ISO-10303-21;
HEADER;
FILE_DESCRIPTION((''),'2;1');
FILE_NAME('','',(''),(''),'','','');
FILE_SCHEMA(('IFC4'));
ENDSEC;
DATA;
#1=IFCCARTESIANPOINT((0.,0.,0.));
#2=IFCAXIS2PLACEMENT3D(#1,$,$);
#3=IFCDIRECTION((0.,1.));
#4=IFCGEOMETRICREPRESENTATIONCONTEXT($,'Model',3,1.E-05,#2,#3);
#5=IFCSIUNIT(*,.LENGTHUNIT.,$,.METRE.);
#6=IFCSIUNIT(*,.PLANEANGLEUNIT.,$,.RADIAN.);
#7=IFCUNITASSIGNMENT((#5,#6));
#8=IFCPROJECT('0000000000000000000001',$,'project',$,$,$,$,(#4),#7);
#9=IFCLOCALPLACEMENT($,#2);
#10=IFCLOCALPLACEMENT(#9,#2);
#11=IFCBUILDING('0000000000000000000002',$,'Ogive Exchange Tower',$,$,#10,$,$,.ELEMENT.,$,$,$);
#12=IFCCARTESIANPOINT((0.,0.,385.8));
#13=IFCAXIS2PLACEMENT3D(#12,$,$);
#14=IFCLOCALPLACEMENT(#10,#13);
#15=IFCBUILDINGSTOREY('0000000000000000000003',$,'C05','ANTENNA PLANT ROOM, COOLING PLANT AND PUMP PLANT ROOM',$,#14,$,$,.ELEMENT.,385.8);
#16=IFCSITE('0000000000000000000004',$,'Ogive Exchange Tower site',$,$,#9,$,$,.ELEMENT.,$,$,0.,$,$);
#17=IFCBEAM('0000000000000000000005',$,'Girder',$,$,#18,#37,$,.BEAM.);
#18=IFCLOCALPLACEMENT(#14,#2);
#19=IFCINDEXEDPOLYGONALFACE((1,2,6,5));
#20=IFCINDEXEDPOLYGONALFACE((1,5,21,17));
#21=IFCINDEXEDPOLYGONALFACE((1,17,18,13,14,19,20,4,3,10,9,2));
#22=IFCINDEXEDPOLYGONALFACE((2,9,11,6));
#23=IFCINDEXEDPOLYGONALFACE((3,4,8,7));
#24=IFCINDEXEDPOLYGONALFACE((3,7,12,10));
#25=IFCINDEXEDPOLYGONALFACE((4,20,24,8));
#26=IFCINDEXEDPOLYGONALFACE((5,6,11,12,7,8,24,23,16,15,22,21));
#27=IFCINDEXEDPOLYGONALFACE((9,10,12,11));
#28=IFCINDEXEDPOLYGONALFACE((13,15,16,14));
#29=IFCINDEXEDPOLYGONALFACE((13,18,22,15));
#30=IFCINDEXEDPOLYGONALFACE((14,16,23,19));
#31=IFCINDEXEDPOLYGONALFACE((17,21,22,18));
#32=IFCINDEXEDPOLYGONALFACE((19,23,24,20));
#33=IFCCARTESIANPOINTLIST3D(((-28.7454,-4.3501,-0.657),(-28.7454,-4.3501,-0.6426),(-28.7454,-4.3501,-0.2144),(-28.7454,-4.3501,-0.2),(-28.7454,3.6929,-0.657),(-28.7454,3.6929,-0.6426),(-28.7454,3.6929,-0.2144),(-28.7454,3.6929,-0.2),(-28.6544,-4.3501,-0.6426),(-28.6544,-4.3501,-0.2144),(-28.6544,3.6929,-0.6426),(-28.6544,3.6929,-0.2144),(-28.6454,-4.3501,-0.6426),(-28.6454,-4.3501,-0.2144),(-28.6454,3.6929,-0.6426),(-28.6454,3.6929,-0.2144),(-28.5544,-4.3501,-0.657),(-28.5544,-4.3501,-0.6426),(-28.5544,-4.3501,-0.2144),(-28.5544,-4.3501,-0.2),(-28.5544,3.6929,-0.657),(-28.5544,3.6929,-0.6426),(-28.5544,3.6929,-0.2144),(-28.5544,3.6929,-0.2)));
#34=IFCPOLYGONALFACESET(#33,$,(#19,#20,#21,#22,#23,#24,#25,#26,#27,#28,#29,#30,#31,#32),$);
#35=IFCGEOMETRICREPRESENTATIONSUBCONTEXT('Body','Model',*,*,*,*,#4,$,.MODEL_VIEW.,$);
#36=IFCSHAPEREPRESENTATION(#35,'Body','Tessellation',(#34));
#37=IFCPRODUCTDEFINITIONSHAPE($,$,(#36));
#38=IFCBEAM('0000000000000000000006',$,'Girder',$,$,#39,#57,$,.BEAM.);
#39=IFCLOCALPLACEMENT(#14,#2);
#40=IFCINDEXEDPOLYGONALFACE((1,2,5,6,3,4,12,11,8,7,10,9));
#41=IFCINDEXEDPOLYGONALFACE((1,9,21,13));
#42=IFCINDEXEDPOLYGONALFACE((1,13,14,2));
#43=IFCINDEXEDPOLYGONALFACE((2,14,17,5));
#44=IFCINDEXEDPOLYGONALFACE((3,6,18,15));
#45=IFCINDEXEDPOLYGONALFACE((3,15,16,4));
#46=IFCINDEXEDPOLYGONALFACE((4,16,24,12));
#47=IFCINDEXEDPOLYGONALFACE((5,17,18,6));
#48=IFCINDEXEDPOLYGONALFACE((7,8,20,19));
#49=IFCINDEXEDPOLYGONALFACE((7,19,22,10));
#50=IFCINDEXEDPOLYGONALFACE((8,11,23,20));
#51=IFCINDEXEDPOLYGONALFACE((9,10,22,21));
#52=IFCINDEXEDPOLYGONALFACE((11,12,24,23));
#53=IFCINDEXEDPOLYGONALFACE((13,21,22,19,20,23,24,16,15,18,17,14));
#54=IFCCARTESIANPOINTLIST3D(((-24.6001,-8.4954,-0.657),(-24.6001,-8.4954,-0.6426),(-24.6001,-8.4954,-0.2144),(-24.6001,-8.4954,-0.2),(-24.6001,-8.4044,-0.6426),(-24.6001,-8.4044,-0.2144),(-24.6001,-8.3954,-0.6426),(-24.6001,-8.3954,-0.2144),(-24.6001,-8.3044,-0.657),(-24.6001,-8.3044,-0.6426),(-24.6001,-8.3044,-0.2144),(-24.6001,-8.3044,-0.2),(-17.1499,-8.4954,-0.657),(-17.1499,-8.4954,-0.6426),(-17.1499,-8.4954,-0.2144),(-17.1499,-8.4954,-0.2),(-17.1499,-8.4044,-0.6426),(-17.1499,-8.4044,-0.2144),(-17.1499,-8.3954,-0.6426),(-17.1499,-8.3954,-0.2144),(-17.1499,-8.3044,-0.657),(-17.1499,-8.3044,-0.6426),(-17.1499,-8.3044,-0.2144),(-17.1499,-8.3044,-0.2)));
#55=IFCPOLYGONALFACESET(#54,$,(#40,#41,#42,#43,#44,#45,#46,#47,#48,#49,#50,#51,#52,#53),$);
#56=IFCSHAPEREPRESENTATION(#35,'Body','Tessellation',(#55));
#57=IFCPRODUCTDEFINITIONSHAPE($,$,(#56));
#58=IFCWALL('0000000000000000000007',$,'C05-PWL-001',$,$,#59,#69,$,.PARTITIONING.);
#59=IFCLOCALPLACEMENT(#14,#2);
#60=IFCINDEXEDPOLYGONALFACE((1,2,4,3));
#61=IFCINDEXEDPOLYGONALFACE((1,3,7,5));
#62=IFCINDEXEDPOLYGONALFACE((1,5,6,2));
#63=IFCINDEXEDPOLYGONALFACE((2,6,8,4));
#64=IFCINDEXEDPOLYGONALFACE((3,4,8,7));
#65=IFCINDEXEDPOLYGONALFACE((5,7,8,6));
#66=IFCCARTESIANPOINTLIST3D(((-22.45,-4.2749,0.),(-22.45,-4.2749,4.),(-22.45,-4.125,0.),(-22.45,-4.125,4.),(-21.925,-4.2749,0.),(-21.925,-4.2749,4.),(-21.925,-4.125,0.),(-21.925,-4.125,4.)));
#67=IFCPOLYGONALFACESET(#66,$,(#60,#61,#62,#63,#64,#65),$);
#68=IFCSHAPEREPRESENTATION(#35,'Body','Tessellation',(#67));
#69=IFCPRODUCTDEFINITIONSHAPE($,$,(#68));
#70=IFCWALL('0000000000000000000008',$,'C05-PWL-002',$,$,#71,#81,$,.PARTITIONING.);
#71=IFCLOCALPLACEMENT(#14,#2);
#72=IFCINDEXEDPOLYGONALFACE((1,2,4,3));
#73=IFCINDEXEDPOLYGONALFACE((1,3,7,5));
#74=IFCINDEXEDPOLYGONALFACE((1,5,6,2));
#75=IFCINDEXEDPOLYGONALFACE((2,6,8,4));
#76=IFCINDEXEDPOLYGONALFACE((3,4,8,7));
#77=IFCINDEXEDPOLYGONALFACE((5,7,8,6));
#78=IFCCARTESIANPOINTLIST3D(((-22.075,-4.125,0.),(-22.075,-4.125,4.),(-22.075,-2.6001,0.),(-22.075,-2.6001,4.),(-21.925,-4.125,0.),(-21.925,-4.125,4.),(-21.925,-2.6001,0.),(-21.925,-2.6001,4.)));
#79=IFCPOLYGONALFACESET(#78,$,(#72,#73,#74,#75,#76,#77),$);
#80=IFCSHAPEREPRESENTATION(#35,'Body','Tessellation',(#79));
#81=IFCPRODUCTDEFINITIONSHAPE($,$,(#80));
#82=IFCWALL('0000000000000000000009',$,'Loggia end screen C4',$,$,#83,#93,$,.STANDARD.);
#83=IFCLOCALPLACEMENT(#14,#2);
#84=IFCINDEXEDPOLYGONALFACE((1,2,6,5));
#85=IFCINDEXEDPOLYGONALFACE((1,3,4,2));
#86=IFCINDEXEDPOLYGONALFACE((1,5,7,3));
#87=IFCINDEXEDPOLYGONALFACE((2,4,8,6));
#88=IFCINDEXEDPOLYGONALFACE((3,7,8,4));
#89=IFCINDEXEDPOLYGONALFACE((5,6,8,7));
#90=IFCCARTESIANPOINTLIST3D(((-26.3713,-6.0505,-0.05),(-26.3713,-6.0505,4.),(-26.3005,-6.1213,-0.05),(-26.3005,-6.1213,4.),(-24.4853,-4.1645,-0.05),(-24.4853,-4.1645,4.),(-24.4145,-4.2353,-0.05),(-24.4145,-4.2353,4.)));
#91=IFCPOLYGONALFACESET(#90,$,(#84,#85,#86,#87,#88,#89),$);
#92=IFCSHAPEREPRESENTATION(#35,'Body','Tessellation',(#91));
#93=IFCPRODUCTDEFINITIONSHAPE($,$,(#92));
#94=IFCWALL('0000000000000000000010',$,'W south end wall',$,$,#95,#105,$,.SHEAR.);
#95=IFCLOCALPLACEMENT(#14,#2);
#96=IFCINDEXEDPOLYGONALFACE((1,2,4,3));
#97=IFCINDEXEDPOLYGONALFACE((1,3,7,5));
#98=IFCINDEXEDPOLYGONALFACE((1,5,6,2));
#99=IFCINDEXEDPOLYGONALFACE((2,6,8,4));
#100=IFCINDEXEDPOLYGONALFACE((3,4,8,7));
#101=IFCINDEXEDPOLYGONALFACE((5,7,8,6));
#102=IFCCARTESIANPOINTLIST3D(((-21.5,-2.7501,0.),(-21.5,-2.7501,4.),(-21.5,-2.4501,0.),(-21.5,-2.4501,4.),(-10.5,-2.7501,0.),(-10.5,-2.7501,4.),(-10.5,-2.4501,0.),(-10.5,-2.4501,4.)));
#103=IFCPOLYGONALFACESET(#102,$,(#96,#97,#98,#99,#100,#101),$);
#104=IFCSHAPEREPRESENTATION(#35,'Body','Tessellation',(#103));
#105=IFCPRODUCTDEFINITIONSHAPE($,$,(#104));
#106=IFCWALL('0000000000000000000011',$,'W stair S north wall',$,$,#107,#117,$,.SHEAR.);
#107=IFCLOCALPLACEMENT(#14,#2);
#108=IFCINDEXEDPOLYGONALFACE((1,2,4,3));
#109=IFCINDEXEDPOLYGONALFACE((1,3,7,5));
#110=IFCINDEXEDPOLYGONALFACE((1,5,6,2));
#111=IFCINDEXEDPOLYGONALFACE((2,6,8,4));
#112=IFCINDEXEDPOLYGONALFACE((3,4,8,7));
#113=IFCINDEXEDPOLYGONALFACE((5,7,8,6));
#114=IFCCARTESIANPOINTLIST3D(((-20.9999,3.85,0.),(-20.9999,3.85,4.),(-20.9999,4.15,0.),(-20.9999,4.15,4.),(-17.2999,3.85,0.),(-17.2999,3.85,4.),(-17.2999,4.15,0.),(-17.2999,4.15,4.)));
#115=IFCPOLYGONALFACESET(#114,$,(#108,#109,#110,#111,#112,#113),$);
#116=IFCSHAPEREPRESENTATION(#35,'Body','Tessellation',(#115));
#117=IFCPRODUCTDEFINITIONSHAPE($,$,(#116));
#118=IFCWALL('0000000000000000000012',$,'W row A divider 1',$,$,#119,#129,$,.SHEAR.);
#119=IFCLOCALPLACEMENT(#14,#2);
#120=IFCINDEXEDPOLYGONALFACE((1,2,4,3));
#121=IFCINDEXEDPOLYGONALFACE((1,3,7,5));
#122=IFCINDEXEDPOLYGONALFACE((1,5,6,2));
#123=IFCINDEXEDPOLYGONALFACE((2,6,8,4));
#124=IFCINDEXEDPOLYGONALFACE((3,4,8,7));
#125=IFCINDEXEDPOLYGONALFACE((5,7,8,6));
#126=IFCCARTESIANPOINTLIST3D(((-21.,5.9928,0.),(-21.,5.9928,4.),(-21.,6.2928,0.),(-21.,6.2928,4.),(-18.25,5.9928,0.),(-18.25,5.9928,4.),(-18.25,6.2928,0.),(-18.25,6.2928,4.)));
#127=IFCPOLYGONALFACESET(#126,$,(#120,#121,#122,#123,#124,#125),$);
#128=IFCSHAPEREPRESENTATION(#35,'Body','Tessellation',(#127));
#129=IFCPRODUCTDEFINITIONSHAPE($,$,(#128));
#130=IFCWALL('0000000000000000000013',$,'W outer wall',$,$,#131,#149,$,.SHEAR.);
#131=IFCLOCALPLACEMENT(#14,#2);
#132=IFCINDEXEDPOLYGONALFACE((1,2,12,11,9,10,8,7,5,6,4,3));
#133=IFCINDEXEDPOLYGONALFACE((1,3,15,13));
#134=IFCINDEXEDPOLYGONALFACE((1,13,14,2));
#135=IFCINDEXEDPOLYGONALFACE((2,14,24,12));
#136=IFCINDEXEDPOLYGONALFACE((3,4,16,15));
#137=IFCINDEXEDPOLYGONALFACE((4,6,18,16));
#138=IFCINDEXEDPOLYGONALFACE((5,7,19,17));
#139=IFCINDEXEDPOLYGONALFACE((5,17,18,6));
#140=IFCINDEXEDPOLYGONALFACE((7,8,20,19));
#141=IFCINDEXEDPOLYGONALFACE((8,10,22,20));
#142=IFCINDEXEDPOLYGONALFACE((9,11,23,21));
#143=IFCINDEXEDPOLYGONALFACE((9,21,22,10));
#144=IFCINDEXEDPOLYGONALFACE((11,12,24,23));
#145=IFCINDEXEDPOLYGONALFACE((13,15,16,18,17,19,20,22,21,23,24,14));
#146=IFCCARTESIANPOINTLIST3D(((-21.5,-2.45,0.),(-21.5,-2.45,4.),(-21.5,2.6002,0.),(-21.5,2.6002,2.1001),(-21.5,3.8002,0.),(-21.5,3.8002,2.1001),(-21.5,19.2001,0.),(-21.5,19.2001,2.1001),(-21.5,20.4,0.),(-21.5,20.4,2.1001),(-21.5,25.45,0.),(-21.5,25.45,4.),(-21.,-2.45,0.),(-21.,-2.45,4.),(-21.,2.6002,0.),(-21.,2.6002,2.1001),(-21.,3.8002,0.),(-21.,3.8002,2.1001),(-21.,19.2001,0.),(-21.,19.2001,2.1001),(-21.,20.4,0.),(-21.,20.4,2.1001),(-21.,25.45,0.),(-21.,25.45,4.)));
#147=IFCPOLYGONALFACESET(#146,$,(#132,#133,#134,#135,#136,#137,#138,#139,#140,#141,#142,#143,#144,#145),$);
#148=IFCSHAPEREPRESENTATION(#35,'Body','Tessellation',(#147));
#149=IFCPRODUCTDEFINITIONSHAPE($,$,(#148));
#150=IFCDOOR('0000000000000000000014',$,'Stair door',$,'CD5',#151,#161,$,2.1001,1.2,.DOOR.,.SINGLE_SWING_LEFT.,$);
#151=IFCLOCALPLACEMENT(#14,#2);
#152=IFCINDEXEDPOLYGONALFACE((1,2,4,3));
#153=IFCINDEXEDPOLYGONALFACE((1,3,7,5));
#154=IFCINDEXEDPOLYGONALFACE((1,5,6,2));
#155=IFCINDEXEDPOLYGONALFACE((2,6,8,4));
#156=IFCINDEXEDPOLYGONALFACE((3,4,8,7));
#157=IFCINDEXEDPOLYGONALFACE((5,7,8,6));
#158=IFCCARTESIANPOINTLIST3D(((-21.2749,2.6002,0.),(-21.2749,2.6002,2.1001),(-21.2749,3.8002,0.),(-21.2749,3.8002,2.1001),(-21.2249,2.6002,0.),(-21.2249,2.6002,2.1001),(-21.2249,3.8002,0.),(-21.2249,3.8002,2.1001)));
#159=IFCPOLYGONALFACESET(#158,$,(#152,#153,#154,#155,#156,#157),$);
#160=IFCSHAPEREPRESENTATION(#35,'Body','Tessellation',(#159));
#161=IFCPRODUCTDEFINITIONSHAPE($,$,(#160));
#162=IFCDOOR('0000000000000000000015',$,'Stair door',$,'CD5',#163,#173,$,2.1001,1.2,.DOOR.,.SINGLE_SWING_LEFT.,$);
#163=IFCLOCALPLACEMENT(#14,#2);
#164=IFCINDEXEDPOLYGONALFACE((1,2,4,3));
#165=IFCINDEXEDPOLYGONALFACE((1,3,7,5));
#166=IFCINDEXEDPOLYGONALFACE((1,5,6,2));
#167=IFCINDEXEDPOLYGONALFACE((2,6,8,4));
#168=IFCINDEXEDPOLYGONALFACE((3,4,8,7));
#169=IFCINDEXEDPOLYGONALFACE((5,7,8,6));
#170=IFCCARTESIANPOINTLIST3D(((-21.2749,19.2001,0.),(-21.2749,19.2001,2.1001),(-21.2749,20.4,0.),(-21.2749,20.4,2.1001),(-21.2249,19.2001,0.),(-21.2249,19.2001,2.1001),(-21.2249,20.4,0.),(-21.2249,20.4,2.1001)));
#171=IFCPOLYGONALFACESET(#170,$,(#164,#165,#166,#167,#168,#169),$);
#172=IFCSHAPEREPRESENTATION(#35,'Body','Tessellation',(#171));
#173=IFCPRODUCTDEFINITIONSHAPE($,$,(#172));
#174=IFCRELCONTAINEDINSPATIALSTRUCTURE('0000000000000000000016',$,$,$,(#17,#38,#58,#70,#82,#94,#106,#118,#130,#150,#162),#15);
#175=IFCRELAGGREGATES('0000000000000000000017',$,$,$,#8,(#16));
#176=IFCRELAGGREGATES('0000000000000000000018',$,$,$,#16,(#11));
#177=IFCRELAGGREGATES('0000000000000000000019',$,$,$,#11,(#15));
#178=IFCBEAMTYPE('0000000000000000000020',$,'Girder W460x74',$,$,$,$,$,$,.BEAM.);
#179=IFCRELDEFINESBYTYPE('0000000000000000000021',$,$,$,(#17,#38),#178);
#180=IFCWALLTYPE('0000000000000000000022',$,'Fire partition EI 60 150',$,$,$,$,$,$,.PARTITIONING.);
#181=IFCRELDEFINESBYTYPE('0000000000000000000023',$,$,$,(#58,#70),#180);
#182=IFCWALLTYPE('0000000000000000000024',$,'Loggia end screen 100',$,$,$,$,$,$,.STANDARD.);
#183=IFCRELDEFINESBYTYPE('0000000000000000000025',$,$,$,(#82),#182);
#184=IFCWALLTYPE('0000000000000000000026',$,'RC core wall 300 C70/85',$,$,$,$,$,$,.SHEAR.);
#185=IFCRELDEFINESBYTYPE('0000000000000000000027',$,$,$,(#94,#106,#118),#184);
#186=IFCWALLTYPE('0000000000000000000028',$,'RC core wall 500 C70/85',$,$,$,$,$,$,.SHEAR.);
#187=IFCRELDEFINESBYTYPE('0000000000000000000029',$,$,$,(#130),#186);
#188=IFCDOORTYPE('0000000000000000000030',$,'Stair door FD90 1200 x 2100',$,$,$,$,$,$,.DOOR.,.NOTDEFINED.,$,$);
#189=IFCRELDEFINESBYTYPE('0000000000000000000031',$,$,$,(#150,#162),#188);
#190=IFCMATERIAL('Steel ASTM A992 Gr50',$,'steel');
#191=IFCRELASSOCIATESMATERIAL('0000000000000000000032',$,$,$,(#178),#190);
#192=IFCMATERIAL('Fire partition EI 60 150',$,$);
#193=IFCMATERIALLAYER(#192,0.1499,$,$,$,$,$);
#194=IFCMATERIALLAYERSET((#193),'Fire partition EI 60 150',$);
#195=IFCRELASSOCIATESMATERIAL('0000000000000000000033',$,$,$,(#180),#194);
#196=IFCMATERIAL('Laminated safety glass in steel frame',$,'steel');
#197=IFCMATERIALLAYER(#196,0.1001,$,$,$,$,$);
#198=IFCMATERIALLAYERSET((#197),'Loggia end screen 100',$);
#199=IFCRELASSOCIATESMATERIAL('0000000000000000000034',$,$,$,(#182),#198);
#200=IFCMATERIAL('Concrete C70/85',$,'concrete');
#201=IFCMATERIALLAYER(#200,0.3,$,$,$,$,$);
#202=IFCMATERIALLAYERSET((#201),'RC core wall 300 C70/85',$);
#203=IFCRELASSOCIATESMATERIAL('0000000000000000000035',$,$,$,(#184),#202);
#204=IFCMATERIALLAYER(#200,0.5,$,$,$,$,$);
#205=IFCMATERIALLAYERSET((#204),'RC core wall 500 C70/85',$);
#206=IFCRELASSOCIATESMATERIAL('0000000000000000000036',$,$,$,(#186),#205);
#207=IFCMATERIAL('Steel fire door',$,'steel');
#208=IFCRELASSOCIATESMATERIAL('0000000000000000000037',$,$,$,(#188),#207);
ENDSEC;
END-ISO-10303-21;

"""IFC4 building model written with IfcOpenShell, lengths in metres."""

from ifc_helpers import new_model, si_unit, direction, frame, frame_2d, origin, origin_2d, place, context, subcontext, project, spatial, rectangle, i_section, extrude, material, layer, layer_set, material_profile, profile_set, type_object, element, fill, save


model = new_model("IFC4")

# Units and contexts
model_context = context("Model", 3, precision=1e-05, world=origin(), true_north=direction((0.0, 1.0)))
body_context = subcontext(model_context, "Body", "Model", "MODEL_VIEW")
ifc_project = project(units=[si_unit("LENGTHUNIT", "METRE"), si_unit("PLANEANGLEUNIT", "RADIAN")], contexts=[model_context])

# Site, building, storey
site_placement = place(None, origin())
site = spatial("IfcSite", under=ifc_project, at=site_placement, Name="Ogive Exchange Tower site", CompositionType="ELEMENT", RefElevation=0.0)
building_placement = place(site_placement, origin())
building = spatial("IfcBuilding", under=site, at=building_placement, Name="Ogive Exchange Tower", CompositionType="ELEMENT")
storey_placement = place(building_placement, frame((0.0, 0.0, 385.8)))
storey = spatial("IfcBuildingStorey", under=building, at=storey_placement, Name="C05", Description="ANTENNA PLANT ROOM, COOLING PLANT AND PUMP PLANT ROOM", CompositionType="ELEMENT", Elevation=385.8)

# Beams
ifc_material_1 = material(Name="Steel ASTM A992 Gr50", Category="steel")
ifc_material_profile_1 = material_profile(ifc_material_1, i_section(OverallWidth=0.1909, OverallDepth=0.457, WebThickness=0.009, FlangeThickness=0.0144, at=origin_2d()), Name="W460x74")
ifc_profile_set_1 = profile_set([ifc_material_profile_1], Name="Steel ASTM A992 Gr50")
beam_type_1 = type_object("IfcBeamType", Name="Girder W460x74", PredefinedType="BEAM", material=ifc_profile_set_1)
beam_1_placement = place(storey_placement, frame((-28.6499, 3.6929, -0.4285), z_axis=(0.0, -1.0, 0.0), x_axis=(1.0, 0.0, 0.0)))
element("IfcBeam", 1, at=beam_1_placement, inside=storey, type_object=beam_type_1, Name="Girder", PredefinedType="BEAM", context=body_context, shape_type="SweptSolid", body=[
    extrude(i_section(OverallWidth=0.1909, OverallDepth=0.457, WebThickness=0.009, FlangeThickness=0.0144, at=origin_2d()), origin(), (0.0, 0.0, 1.0), 8.043),
])
beam_2_placement = place(storey_placement, frame((-24.6001, -8.3999, -0.4285), z_axis=(1.0, 0.0, 0.0), x_axis=(0.0, 1.0, 0.0)))
element("IfcBeam", 2, at=beam_2_placement, inside=storey, type_object=beam_type_1, Name="Girder", PredefinedType="BEAM", context=body_context, shape_type="SweptSolid", body=[
    extrude(i_section(OverallWidth=0.1909, OverallDepth=0.457, WebThickness=0.009, FlangeThickness=0.0144, at=origin_2d()), origin(), (0.0, 0.0, 1.0), 7.4502),
])

# Walls
ifc_material_2 = material(Name="Fire partition EI 60 150")
ifc_layer_1 = layer(ifc_material_2, 0.1499)
ifc_layer_set_1 = layer_set([ifc_layer_1], Name="Fire partition EI 60 150")
wall_type_1 = type_object("IfcWallType", Name="Fire partition EI 60 150", PredefinedType="PARTITIONING", material=ifc_layer_set_1)
wall_1_placement = place(storey_placement, frame((-21.925, -4.2, 0.0), z_axis=(0.0, 0.0, 1.0), x_axis=(-1.0, 0.0, 0.0)))
element("IfcWall", 3, at=wall_1_placement, inside=storey, type_object=wall_type_1, Name="C05-PWL-001", PredefinedType="PARTITIONING", context=body_context, shape_type="SweptSolid", body=[
    extrude(rectangle(XDim=0.5249, YDim=0.1499, at=frame_2d((0.2625, 0.0))), origin(), (0.0, 0.0, 1.0), 4.0),
])
wall_2_placement = place(storey_placement, frame((-22.0, -2.6001, 0.0), z_axis=(0.0, 0.0, 1.0), x_axis=(0.0, -1.0, 0.0)))
element("IfcWall", 4, at=wall_2_placement, inside=storey, type_object=wall_type_1, Name="C05-PWL-002", PredefinedType="PARTITIONING", context=body_context, shape_type="SweptSolid", body=[
    extrude(rectangle(XDim=1.5249, YDim=0.1499, at=frame_2d((0.7625, 0.0))), origin(), (0.0, 0.0, 1.0), 4.0),
])
ifc_material_3 = material(Name="Laminated safety glass in steel frame", Category="steel")
ifc_layer_2 = layer(ifc_material_3, 0.1001)
ifc_layer_set_2 = layer_set([ifc_layer_2], Name="Loggia end screen 100")
wall_type_2 = type_object("IfcWallType", Name="Loggia end screen 100", PredefinedType="STANDARD", material=ifc_layer_set_2)
wall_3_placement = place(storey_placement, frame((-24.45, -4.2, -0.05), z_axis=(0.0, 0.0, 1.0), x_axis=(-0.707107, -0.707107, 0.0)))
element("IfcWall", 5, at=wall_3_placement, inside=storey, type_object=wall_type_2, Name="Loggia end screen C4", PredefinedType="STANDARD", context=body_context, shape_type="SweptSolid", body=[
    extrude(rectangle(XDim=2.6672, YDim=0.1001, at=frame_2d((1.3335, 0.0))), origin(), (0.0, 0.0, 1.0), 4.05),
])
ifc_material_4 = material(Name="Concrete C70/85", Category="concrete")
ifc_layer_3 = layer(ifc_material_4, 0.3)
ifc_layer_set_3 = layer_set([ifc_layer_3], Name="RC core wall 300 C70/85")
wall_type_3 = type_object("IfcWallType", Name="RC core wall 300 C70/85", PredefinedType="SHEAR", material=ifc_layer_set_3)
wall_4_placement = place(storey_placement, frame((-21.5, -2.6001, 0.0), z_axis=(0.0, 0.0, 1.0), x_axis=(1.0, 0.0, 0.0)))
element("IfcWall", 6, at=wall_4_placement, inside=storey, type_object=wall_type_3, Name="W south end wall", PredefinedType="SHEAR", context=body_context, shape_type="SweptSolid", body=[
    extrude(rectangle(XDim=11.0, YDim=0.3, at=frame_2d((5.5, 0.0))), origin(), (0.0, 0.0, 1.0), 4.0),
])
wall_5_placement = place(storey_placement, frame((-21.0, 4.0, 0.0), z_axis=(0.0, 0.0, 1.0), x_axis=(1.0, 0.0, 0.0)))
element("IfcWall", 7, at=wall_5_placement, inside=storey, type_object=wall_type_3, Name="W stair S north wall", PredefinedType="SHEAR", context=body_context, shape_type="SweptSolid", body=[
    extrude(rectangle(XDim=3.7, YDim=0.3, at=frame_2d((1.8501, 0.0))), origin(), (0.0, 0.0, 1.0), 4.0),
])
wall_6_placement = place(storey_placement, frame((-21.0, 6.1428, 0.0), z_axis=(0.0, 0.0, 1.0), x_axis=(1.0, 0.0, 0.0)))
element("IfcWall", 8, at=wall_6_placement, inside=storey, type_object=wall_type_3, Name="W row A divider 1", PredefinedType="SHEAR", context=body_context, shape_type="SweptSolid", body=[
    extrude(rectangle(XDim=2.75, YDim=0.3, at=frame_2d((1.375, 0.0))), origin(), (0.0, 0.0, 1.0), 4.0),
])

# Wall, openings, doors
ifc_layer_4 = layer(ifc_material_4, 0.5)
ifc_layer_set_4 = layer_set([ifc_layer_4], Name="RC core wall 500 C70/85")
wall_type_4 = type_object("IfcWallType", Name="RC core wall 500 C70/85", PredefinedType="SHEAR", material=ifc_layer_set_4)
wall_7_placement = place(storey_placement, frame((-21.25, -2.45, 0.0), z_axis=(0.0, 0.0, 1.0), x_axis=(0.0, 1.0, 0.0)))
wall_7 = element("IfcWall", 9, at=wall_7_placement, inside=storey, type_object=wall_type_4, Name="W outer wall", PredefinedType="SHEAR", context=body_context, shape_type="SweptSolid", body=[
    extrude(rectangle(XDim=27.8999, YDim=0.5, at=frame_2d((13.95, 0.0))), origin(), (0.0, 0.0, 1.0), 4.0),
])
opening_1_placement = place(wall_7_placement, frame((5.05, 0.0, 0.0)))
opening_1 = element("IfcOpeningElement", 10, at=opening_1_placement, cuts=wall_7, PredefinedType="OPENING", context=body_context, shape_type="SweptSolid", body=[
    extrude(rectangle(XDim=1.2, YDim=2.1001, at=frame_2d((0.6001, 1.05))), frame((0.0, 0.26, 0.0), z_axis=(0.0, -1.0, 0.0), x_axis=(1.0, 0.0, 0.0)), (0.0, 0.0, 1.0), 0.52),
])
opening_2_placement = place(wall_7_placement, frame((21.6499, 0.0, 0.0)))
opening_2 = element("IfcOpeningElement", 11, at=opening_2_placement, cuts=wall_7, PredefinedType="OPENING", context=body_context, shape_type="SweptSolid", body=[
    extrude(rectangle(XDim=1.2, YDim=2.1001, at=frame_2d((0.6001, 1.05))), frame((0.0, 0.26, 0.0), z_axis=(0.0, -1.0, 0.0), x_axis=(1.0, 0.0, 0.0)), (0.0, 0.0, 1.0), 0.52),
])
ifc_material_5 = material(Name="Steel fire door", Category="steel")
door_type = type_object("IfcDoorType", Name="Stair door FD90 1200 x 2100", OperationType="NOTDEFINED", PredefinedType="DOOR", material=ifc_material_5)
door_1_placement = place(opening_1_placement, origin())
door_1 = element("IfcDoor", 12, at=door_1_placement, inside=storey, type_object=door_type, Name="Stair door", ObjectType="CD5", OperationType="SINGLE_SWING_LEFT", OverallHeight=2.1001, OverallWidth=1.2, PredefinedType="DOOR", context=body_context, shape_type="SweptSolid", body=[
    extrude(rectangle(XDim=1.2, YDim=2.1001, at=frame_2d((0.6001, 1.05))), frame((0.0, 0.0249, 0.0), z_axis=(0.0, -1.0, 0.0), x_axis=(1.0, 0.0, 0.0)), (0.0, 0.0, 1.0), 0.05),
])
fill(opening_1, door_1)
door_2_placement = place(opening_2_placement, origin())
door_2 = element("IfcDoor", 13, at=door_2_placement, inside=storey, type_object=door_type, Name="Stair door", ObjectType="CD5", OperationType="SINGLE_SWING_LEFT", OverallHeight=2.1001, OverallWidth=1.2, PredefinedType="DOOR", context=body_context, shape_type="SweptSolid", body=[
    extrude(rectangle(XDim=1.2, YDim=2.1001, at=frame_2d((0.6001, 1.05))), frame((0.0, 0.0249, 0.0), z_axis=(0.0, -1.0, 0.0), x_axis=(1.0, 0.0, 0.0)), (0.0, 0.0, 1.0), 0.05),
])
fill(opening_2, door_2)

save(model, "model.ifc")
